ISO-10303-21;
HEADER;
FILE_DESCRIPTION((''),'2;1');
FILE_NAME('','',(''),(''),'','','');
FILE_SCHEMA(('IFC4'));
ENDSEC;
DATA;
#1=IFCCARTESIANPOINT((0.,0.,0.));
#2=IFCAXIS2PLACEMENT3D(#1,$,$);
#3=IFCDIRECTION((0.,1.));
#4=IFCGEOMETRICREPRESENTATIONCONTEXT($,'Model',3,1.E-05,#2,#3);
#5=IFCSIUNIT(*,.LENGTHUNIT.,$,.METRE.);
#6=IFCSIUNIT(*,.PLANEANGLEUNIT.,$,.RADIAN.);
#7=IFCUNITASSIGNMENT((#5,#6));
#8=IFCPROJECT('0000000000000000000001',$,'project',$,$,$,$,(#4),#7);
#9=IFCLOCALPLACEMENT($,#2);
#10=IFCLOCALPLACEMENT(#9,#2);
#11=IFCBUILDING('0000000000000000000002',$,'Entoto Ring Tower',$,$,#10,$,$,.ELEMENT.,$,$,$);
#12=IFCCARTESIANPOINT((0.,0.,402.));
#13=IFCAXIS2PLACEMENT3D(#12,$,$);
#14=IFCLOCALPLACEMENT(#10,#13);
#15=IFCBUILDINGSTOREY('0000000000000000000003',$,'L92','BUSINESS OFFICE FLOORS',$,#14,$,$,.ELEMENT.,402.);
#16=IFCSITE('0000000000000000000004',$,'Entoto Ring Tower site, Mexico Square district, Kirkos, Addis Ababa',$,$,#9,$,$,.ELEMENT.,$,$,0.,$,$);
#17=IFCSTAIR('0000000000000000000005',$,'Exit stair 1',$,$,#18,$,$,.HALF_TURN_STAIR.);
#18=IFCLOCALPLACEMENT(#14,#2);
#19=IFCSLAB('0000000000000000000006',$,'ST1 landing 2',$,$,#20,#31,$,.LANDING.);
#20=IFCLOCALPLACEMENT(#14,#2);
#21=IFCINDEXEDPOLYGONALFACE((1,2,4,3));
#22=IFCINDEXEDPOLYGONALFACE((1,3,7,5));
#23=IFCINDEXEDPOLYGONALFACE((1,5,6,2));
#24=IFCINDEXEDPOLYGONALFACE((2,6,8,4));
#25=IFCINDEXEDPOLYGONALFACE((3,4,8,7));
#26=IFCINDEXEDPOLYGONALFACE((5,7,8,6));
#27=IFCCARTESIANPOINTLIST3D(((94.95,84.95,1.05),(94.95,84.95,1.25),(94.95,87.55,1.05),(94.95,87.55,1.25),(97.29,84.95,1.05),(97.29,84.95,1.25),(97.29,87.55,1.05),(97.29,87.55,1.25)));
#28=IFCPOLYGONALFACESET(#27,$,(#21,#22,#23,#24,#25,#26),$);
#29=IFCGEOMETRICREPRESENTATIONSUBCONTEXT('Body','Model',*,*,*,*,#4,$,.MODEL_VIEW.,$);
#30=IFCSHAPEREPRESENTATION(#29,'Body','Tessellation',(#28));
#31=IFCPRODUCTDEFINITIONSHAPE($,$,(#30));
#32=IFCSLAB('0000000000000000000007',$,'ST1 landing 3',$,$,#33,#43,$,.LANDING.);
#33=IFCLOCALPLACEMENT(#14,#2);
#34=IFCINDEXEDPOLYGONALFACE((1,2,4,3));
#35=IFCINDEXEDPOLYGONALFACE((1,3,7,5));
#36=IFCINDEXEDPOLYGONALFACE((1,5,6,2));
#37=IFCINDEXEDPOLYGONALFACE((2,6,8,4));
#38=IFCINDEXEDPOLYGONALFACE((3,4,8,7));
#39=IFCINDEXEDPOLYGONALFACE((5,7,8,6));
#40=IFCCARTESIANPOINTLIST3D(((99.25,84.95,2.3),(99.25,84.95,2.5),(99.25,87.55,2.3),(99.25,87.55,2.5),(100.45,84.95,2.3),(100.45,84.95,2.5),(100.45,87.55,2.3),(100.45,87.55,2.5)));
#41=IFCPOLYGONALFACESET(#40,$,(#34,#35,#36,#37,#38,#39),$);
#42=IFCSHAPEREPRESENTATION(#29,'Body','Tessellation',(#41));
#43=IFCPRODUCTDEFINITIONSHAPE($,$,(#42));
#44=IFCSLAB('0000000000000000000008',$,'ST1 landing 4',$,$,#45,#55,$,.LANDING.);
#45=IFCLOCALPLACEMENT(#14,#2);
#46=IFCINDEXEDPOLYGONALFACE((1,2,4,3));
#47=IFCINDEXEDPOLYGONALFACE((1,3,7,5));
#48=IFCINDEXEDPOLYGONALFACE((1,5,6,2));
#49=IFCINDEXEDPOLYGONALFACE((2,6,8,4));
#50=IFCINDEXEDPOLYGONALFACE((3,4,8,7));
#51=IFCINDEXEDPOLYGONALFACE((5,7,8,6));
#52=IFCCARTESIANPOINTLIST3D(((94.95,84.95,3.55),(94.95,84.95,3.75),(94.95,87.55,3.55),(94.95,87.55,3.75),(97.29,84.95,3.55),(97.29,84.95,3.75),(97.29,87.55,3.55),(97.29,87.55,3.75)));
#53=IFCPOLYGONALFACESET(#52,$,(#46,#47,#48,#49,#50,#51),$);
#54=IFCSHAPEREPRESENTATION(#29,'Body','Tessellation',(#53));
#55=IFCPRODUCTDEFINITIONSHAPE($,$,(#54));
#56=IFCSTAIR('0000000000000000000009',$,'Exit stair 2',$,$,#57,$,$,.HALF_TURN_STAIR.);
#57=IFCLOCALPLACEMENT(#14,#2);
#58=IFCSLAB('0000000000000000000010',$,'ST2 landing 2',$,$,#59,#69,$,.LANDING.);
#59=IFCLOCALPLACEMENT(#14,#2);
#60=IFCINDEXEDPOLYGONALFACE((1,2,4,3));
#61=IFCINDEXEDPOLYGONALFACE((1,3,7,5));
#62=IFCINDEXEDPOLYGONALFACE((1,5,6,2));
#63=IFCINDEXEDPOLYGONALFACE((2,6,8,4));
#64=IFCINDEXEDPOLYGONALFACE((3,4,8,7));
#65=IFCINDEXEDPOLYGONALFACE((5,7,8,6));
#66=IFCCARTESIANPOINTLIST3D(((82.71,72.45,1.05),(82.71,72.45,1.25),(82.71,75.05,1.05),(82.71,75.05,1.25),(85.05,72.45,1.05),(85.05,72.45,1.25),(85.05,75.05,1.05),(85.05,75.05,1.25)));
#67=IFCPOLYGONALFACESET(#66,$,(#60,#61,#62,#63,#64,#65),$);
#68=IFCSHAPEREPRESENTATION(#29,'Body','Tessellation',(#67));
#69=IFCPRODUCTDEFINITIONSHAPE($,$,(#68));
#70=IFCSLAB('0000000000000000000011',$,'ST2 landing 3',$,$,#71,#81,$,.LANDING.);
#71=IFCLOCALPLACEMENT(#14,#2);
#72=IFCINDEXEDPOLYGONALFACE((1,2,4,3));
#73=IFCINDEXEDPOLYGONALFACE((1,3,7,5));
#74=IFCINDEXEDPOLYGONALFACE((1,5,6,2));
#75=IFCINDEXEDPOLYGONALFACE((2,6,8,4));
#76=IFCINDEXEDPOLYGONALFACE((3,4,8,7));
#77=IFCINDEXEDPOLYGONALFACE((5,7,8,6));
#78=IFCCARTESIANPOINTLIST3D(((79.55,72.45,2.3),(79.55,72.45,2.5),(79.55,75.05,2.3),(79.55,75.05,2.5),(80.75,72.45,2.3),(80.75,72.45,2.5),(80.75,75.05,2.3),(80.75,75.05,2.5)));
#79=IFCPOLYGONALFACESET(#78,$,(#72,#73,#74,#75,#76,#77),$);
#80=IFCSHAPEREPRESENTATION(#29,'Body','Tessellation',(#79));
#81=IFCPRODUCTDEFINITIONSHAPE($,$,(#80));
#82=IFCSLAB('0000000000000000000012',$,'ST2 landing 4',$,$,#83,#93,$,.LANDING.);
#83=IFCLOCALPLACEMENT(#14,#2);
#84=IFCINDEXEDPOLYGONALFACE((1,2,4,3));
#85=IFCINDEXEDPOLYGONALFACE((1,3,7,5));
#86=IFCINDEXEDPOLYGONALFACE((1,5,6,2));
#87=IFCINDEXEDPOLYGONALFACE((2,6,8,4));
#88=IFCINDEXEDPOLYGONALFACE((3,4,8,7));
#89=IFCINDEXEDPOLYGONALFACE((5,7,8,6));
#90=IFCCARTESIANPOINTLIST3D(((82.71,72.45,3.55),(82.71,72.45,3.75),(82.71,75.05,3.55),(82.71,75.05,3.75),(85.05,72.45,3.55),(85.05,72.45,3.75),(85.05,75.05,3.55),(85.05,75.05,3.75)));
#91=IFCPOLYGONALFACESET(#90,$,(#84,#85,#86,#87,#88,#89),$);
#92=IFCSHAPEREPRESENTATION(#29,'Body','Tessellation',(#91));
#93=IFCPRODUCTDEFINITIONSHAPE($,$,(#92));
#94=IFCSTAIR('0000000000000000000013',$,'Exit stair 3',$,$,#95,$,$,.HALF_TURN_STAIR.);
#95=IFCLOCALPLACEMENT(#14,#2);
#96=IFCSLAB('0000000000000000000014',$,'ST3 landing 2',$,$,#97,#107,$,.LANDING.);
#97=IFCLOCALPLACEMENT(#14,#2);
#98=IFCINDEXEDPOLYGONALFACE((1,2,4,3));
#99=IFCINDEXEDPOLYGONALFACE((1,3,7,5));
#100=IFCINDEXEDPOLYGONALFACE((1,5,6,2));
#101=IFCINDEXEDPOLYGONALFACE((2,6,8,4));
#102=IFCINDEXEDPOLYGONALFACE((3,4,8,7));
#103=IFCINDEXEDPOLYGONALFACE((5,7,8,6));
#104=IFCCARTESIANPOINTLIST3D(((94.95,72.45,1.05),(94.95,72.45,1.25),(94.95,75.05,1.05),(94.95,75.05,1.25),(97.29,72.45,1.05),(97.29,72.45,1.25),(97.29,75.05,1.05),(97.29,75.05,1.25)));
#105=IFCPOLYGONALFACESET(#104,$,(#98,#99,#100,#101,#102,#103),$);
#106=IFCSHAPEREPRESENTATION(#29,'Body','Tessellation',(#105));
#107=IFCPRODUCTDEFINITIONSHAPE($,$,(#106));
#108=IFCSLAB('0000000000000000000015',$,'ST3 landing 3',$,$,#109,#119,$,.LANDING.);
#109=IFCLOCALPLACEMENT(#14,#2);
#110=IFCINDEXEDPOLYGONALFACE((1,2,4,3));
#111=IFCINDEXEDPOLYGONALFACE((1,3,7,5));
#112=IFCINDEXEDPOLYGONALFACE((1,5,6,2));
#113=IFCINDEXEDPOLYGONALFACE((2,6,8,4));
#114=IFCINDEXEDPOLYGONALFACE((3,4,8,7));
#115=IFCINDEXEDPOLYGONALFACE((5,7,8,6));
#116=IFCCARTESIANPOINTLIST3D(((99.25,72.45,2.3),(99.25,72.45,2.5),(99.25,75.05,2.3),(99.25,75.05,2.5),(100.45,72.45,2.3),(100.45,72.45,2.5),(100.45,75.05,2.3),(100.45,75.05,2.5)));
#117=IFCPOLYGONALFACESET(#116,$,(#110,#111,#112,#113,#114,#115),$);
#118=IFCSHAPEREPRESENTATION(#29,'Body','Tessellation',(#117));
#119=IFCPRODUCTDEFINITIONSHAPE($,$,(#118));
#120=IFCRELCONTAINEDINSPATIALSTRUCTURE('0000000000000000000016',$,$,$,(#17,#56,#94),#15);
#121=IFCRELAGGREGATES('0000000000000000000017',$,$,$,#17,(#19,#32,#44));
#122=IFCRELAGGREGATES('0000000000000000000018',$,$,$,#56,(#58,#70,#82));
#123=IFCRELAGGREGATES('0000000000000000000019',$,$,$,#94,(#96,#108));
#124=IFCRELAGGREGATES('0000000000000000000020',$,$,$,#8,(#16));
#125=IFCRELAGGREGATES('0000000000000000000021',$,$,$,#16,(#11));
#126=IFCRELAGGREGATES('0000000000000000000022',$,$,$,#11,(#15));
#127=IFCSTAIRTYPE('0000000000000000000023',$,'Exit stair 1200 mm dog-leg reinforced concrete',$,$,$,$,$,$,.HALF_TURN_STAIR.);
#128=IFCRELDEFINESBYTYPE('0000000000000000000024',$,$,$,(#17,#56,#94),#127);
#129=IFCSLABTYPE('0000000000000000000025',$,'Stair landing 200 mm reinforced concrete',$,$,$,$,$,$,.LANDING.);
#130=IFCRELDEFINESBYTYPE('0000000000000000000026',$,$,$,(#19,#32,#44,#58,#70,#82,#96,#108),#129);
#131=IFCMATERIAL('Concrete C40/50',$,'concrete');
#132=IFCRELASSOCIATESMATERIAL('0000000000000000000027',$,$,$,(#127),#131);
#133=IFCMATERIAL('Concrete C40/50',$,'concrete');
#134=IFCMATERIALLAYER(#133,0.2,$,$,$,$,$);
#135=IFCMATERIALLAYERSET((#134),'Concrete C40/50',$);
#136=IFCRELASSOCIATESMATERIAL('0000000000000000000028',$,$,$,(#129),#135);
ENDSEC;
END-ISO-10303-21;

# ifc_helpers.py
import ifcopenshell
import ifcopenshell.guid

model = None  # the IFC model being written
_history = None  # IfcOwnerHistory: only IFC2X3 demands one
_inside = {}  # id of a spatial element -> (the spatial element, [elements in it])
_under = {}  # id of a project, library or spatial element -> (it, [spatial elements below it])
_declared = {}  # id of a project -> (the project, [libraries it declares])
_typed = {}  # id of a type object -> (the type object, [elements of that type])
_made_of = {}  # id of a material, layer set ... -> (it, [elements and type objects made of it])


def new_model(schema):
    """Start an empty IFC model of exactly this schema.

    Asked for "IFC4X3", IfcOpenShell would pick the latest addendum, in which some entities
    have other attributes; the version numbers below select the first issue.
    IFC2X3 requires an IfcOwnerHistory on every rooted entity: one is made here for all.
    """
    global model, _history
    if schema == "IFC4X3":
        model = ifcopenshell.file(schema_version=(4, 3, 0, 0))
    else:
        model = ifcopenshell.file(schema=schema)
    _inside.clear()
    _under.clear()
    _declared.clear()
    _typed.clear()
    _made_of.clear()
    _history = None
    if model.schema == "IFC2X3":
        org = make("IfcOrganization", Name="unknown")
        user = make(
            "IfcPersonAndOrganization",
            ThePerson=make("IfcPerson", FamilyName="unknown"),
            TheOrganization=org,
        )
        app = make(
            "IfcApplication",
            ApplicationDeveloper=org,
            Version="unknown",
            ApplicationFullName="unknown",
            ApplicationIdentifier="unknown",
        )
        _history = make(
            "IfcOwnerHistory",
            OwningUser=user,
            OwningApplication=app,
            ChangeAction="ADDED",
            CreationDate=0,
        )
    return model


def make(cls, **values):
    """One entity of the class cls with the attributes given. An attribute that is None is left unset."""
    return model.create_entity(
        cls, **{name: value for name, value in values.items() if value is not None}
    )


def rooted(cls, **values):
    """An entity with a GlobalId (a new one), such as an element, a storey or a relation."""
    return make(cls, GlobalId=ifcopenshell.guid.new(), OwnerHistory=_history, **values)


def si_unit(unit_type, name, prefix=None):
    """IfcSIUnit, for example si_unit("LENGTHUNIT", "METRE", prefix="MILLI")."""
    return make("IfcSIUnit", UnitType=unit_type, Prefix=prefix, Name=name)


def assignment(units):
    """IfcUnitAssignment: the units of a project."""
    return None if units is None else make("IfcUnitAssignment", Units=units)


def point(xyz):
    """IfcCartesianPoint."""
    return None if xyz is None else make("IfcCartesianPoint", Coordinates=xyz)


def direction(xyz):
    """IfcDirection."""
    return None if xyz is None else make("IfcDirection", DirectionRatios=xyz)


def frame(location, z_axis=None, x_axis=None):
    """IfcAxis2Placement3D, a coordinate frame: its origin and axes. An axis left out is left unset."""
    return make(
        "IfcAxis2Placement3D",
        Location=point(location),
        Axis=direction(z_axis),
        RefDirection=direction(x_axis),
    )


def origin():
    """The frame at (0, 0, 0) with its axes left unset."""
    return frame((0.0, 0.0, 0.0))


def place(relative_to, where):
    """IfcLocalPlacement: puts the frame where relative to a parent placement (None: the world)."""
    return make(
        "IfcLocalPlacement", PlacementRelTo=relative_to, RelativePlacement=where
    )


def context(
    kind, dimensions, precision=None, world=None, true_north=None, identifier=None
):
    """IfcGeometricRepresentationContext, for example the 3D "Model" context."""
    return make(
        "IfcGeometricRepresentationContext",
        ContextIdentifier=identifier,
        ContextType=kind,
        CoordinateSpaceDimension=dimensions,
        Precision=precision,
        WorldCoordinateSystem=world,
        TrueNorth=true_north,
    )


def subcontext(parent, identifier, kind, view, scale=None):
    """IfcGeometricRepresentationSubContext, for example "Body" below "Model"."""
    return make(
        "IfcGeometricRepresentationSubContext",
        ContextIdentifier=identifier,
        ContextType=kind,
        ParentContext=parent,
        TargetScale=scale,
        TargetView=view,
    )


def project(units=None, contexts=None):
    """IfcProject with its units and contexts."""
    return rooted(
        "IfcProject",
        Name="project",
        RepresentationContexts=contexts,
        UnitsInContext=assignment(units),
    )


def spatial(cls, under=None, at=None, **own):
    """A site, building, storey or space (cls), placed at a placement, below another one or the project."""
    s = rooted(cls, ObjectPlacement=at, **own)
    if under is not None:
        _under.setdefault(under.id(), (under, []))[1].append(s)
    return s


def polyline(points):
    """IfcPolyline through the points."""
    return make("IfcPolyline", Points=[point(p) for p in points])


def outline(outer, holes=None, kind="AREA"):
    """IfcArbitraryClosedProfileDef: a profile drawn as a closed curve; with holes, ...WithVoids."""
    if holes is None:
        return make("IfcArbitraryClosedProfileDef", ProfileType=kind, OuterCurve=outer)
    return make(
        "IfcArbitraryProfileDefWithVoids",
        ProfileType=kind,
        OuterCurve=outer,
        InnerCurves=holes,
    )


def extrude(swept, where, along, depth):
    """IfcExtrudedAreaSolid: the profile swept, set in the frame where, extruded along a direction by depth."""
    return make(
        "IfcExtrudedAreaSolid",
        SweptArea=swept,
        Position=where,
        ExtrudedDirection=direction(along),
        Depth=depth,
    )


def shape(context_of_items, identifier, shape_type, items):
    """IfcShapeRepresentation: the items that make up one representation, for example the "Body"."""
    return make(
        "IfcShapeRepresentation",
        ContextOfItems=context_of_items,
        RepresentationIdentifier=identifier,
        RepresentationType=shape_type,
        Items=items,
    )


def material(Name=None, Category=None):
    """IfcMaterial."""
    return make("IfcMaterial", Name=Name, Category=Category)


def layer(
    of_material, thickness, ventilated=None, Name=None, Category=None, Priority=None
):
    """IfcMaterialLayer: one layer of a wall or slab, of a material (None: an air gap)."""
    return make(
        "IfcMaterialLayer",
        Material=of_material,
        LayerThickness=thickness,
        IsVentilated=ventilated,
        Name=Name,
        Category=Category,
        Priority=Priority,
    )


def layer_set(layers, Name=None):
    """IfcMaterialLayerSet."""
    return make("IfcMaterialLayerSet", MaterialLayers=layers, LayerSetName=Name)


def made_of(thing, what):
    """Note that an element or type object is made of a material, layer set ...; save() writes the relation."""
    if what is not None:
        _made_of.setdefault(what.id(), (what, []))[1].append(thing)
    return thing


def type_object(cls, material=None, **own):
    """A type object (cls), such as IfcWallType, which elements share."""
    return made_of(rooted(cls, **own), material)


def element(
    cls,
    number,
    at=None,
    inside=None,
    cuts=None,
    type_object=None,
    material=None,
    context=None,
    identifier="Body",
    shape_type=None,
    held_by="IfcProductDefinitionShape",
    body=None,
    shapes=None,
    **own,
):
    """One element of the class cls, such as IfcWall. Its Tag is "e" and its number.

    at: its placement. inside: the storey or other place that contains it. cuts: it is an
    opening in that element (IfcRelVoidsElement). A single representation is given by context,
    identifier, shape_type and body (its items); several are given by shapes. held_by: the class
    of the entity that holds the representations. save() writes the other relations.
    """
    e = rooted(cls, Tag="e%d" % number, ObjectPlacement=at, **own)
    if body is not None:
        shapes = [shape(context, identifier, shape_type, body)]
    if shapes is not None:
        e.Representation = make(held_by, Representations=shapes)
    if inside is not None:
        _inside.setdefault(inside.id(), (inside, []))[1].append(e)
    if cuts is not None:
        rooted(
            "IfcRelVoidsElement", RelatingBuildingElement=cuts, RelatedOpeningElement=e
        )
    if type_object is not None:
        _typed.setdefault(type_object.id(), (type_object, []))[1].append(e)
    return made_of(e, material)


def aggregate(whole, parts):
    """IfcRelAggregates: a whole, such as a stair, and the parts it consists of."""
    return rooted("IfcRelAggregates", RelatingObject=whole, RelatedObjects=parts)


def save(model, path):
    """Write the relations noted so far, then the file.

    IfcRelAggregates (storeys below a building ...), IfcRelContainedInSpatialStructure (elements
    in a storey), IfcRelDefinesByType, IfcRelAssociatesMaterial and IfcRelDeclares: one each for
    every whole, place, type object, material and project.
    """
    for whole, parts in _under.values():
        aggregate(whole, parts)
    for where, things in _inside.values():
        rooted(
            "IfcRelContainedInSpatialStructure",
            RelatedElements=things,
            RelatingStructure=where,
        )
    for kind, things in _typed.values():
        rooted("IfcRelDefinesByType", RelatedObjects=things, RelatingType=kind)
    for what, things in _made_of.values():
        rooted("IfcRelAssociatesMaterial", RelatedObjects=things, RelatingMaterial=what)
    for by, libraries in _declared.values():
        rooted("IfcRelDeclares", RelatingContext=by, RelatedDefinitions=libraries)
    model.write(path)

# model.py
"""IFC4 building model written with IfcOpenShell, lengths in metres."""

from ifc_helpers import new_model, si_unit, direction, frame, origin, place, context, subcontext, project, spatial, polyline, outline, extrude, material, layer, layer_set, type_object, element, aggregate, save


model = new_model("IFC4")

# Units and contexts
model_context = context("Model", 3, precision=1e-05, world=origin(), true_north=direction((0.0, 1.0)))
body_context = subcontext(model_context, "Body", "Model", "MODEL_VIEW")
ifc_project = project(units=[si_unit("LENGTHUNIT", "METRE"), si_unit("PLANEANGLEUNIT", "RADIAN")], contexts=[model_context])

# Site, building, storey
site_placement = place(None, origin())
site = spatial("IfcSite", under=ifc_project, at=site_placement, Name="Entoto Ring Tower site, Mexico Square district, Kirkos, Addis Ababa", CompositionType="ELEMENT", RefElevation=0.0)
building_placement = place(site_placement, origin())
building = spatial("IfcBuilding", under=site, at=building_placement, Name="Entoto Ring Tower", CompositionType="ELEMENT")
storey_placement = place(building_placement, frame((0.0, 0.0, 402.0)))
storey = spatial("IfcBuildingStorey", under=building, at=storey_placement, Name="L92", Description="BUSINESS OFFICE FLOORS", CompositionType="ELEMENT", Elevation=402.0)

# Stairs, slabs
ifc_material_1 = material(Name="Concrete C40/50", Category="concrete")
stair_type = type_object("IfcStairType", Name="Exit stair 1200 mm dog-leg reinforced concrete", PredefinedType="HALF_TURN_STAIR", material=ifc_material_1)
stair_1_placement = place(storey_placement, origin())
stair_1 = element("IfcStair", 1, at=stair_1_placement, inside=storey, type_object=stair_type, Name="Exit stair 1", PredefinedType="HALF_TURN_STAIR")
ifc_material_2 = material(Name="Concrete C40/50", Category="concrete")
ifc_layer = layer(ifc_material_2, 0.2)
ifc_layer_set = layer_set([ifc_layer], Name="Concrete C40/50")
slab_type = type_object("IfcSlabType", Name="Stair landing 200 mm reinforced concrete", PredefinedType="LANDING", material=ifc_layer_set)
slab_1_placement = place(storey_placement, frame((0.0, 0.0, 1.05)))
slab_1 = element("IfcSlab", 2, at=slab_1_placement, type_object=slab_type, Name="ST1 landing 2", PredefinedType="LANDING", context=body_context, shape_type="SweptSolid", body=[
    extrude(outline(polyline([(94.95, 84.95), (97.29, 84.95), (97.29, 87.55), (94.95, 87.55), (94.95, 84.95)])), origin(), (0.0, 0.0, 1.0), 0.2),
])
slab_2_placement = place(storey_placement, frame((0.0, 0.0, 2.3)))
slab_2 = element("IfcSlab", 3, at=slab_2_placement, type_object=slab_type, Name="ST1 landing 3", PredefinedType="LANDING", context=body_context, shape_type="SweptSolid", body=[
    extrude(outline(polyline([(99.25, 84.95), (100.45, 84.95), (100.45, 87.55), (99.25, 87.55), (99.25, 84.95)])), origin(), (0.0, 0.0, 1.0), 0.2),
])
slab_3_placement = place(storey_placement, frame((0.0, 0.0, 3.55)))
slab_3 = element("IfcSlab", 4, at=slab_3_placement, type_object=slab_type, Name="ST1 landing 4", PredefinedType="LANDING", context=body_context, shape_type="SweptSolid", body=[
    extrude(outline(polyline([(94.95, 84.95), (97.29, 84.95), (97.29, 87.55), (94.95, 87.55), (94.95, 84.95)])), origin(), (0.0, 0.0, 1.0), 0.2),
])
aggregate(stair_1, [slab_1, slab_2, slab_3])
stair_2_placement = place(storey_placement, origin())
stair_2 = element("IfcStair", 5, at=stair_2_placement, inside=storey, type_object=stair_type, Name="Exit stair 2", PredefinedType="HALF_TURN_STAIR")
slab_4_placement = place(storey_placement, frame((0.0, 0.0, 1.05)))
slab_4 = element("IfcSlab", 6, at=slab_4_placement, type_object=slab_type, Name="ST2 landing 2", PredefinedType="LANDING", context=body_context, shape_type="SweptSolid", body=[
    extrude(outline(polyline([(82.71, 72.45), (85.05, 72.45), (85.05, 75.05), (82.71, 75.05), (82.71, 72.45)])), origin(), (0.0, 0.0, 1.0), 0.2),
])
slab_5_placement = place(storey_placement, frame((0.0, 0.0, 2.3)))
slab_5 = element("IfcSlab", 7, at=slab_5_placement, type_object=slab_type, Name="ST2 landing 3", PredefinedType="LANDING", context=body_context, shape_type="SweptSolid", body=[
    extrude(outline(polyline([(79.55, 72.45), (80.75, 72.45), (80.75, 75.05), (79.55, 75.05), (79.55, 72.45)])), origin(), (0.0, 0.0, 1.0), 0.2),
])
slab_6_placement = place(storey_placement, frame((0.0, 0.0, 3.55)))
slab_6 = element("IfcSlab", 8, at=slab_6_placement, type_object=slab_type, Name="ST2 landing 4", PredefinedType="LANDING", context=body_context, shape_type="SweptSolid", body=[
    extrude(outline(polyline([(82.71, 72.45), (85.05, 72.45), (85.05, 75.05), (82.71, 75.05), (82.71, 72.45)])), origin(), (0.0, 0.0, 1.0), 0.2),
])
aggregate(stair_2, [slab_4, slab_5, slab_6])
stair_3_placement = place(storey_placement, origin())
stair_3 = element("IfcStair", 9, at=stair_3_placement, inside=storey, type_object=stair_type, Name="Exit stair 3", PredefinedType="HALF_TURN_STAIR")
slab_7_placement = place(storey_placement, frame((0.0, 0.0, 1.05)))
slab_7 = element("IfcSlab", 10, at=slab_7_placement, type_object=slab_type, Name="ST3 landing 2", PredefinedType="LANDING", context=body_context, shape_type="SweptSolid", body=[
    extrude(outline(polyline([(94.95, 72.45), (97.29, 72.45), (97.29, 75.05), (94.95, 75.05), (94.95, 72.45)])), origin(), (0.0, 0.0, 1.0), 0.2),
])
slab_8_placement = place(storey_placement, frame((0.0, 0.0, 2.3)))
slab_8 = element("IfcSlab", 11, at=slab_8_placement, type_object=slab_type, Name="ST3 landing 3", PredefinedType="LANDING", context=body_context, shape_type="SweptSolid", body=[
    extrude(outline(polyline([(99.25, 72.45), (100.45, 72.45), (100.45, 75.05), (99.25, 75.05), (99.25, 72.45)])), origin(), (0.0, 0.0, 1.0), 0.2),
])
aggregate(stair_3, [slab_7, slab_8])

save(model, "model.ifc")
